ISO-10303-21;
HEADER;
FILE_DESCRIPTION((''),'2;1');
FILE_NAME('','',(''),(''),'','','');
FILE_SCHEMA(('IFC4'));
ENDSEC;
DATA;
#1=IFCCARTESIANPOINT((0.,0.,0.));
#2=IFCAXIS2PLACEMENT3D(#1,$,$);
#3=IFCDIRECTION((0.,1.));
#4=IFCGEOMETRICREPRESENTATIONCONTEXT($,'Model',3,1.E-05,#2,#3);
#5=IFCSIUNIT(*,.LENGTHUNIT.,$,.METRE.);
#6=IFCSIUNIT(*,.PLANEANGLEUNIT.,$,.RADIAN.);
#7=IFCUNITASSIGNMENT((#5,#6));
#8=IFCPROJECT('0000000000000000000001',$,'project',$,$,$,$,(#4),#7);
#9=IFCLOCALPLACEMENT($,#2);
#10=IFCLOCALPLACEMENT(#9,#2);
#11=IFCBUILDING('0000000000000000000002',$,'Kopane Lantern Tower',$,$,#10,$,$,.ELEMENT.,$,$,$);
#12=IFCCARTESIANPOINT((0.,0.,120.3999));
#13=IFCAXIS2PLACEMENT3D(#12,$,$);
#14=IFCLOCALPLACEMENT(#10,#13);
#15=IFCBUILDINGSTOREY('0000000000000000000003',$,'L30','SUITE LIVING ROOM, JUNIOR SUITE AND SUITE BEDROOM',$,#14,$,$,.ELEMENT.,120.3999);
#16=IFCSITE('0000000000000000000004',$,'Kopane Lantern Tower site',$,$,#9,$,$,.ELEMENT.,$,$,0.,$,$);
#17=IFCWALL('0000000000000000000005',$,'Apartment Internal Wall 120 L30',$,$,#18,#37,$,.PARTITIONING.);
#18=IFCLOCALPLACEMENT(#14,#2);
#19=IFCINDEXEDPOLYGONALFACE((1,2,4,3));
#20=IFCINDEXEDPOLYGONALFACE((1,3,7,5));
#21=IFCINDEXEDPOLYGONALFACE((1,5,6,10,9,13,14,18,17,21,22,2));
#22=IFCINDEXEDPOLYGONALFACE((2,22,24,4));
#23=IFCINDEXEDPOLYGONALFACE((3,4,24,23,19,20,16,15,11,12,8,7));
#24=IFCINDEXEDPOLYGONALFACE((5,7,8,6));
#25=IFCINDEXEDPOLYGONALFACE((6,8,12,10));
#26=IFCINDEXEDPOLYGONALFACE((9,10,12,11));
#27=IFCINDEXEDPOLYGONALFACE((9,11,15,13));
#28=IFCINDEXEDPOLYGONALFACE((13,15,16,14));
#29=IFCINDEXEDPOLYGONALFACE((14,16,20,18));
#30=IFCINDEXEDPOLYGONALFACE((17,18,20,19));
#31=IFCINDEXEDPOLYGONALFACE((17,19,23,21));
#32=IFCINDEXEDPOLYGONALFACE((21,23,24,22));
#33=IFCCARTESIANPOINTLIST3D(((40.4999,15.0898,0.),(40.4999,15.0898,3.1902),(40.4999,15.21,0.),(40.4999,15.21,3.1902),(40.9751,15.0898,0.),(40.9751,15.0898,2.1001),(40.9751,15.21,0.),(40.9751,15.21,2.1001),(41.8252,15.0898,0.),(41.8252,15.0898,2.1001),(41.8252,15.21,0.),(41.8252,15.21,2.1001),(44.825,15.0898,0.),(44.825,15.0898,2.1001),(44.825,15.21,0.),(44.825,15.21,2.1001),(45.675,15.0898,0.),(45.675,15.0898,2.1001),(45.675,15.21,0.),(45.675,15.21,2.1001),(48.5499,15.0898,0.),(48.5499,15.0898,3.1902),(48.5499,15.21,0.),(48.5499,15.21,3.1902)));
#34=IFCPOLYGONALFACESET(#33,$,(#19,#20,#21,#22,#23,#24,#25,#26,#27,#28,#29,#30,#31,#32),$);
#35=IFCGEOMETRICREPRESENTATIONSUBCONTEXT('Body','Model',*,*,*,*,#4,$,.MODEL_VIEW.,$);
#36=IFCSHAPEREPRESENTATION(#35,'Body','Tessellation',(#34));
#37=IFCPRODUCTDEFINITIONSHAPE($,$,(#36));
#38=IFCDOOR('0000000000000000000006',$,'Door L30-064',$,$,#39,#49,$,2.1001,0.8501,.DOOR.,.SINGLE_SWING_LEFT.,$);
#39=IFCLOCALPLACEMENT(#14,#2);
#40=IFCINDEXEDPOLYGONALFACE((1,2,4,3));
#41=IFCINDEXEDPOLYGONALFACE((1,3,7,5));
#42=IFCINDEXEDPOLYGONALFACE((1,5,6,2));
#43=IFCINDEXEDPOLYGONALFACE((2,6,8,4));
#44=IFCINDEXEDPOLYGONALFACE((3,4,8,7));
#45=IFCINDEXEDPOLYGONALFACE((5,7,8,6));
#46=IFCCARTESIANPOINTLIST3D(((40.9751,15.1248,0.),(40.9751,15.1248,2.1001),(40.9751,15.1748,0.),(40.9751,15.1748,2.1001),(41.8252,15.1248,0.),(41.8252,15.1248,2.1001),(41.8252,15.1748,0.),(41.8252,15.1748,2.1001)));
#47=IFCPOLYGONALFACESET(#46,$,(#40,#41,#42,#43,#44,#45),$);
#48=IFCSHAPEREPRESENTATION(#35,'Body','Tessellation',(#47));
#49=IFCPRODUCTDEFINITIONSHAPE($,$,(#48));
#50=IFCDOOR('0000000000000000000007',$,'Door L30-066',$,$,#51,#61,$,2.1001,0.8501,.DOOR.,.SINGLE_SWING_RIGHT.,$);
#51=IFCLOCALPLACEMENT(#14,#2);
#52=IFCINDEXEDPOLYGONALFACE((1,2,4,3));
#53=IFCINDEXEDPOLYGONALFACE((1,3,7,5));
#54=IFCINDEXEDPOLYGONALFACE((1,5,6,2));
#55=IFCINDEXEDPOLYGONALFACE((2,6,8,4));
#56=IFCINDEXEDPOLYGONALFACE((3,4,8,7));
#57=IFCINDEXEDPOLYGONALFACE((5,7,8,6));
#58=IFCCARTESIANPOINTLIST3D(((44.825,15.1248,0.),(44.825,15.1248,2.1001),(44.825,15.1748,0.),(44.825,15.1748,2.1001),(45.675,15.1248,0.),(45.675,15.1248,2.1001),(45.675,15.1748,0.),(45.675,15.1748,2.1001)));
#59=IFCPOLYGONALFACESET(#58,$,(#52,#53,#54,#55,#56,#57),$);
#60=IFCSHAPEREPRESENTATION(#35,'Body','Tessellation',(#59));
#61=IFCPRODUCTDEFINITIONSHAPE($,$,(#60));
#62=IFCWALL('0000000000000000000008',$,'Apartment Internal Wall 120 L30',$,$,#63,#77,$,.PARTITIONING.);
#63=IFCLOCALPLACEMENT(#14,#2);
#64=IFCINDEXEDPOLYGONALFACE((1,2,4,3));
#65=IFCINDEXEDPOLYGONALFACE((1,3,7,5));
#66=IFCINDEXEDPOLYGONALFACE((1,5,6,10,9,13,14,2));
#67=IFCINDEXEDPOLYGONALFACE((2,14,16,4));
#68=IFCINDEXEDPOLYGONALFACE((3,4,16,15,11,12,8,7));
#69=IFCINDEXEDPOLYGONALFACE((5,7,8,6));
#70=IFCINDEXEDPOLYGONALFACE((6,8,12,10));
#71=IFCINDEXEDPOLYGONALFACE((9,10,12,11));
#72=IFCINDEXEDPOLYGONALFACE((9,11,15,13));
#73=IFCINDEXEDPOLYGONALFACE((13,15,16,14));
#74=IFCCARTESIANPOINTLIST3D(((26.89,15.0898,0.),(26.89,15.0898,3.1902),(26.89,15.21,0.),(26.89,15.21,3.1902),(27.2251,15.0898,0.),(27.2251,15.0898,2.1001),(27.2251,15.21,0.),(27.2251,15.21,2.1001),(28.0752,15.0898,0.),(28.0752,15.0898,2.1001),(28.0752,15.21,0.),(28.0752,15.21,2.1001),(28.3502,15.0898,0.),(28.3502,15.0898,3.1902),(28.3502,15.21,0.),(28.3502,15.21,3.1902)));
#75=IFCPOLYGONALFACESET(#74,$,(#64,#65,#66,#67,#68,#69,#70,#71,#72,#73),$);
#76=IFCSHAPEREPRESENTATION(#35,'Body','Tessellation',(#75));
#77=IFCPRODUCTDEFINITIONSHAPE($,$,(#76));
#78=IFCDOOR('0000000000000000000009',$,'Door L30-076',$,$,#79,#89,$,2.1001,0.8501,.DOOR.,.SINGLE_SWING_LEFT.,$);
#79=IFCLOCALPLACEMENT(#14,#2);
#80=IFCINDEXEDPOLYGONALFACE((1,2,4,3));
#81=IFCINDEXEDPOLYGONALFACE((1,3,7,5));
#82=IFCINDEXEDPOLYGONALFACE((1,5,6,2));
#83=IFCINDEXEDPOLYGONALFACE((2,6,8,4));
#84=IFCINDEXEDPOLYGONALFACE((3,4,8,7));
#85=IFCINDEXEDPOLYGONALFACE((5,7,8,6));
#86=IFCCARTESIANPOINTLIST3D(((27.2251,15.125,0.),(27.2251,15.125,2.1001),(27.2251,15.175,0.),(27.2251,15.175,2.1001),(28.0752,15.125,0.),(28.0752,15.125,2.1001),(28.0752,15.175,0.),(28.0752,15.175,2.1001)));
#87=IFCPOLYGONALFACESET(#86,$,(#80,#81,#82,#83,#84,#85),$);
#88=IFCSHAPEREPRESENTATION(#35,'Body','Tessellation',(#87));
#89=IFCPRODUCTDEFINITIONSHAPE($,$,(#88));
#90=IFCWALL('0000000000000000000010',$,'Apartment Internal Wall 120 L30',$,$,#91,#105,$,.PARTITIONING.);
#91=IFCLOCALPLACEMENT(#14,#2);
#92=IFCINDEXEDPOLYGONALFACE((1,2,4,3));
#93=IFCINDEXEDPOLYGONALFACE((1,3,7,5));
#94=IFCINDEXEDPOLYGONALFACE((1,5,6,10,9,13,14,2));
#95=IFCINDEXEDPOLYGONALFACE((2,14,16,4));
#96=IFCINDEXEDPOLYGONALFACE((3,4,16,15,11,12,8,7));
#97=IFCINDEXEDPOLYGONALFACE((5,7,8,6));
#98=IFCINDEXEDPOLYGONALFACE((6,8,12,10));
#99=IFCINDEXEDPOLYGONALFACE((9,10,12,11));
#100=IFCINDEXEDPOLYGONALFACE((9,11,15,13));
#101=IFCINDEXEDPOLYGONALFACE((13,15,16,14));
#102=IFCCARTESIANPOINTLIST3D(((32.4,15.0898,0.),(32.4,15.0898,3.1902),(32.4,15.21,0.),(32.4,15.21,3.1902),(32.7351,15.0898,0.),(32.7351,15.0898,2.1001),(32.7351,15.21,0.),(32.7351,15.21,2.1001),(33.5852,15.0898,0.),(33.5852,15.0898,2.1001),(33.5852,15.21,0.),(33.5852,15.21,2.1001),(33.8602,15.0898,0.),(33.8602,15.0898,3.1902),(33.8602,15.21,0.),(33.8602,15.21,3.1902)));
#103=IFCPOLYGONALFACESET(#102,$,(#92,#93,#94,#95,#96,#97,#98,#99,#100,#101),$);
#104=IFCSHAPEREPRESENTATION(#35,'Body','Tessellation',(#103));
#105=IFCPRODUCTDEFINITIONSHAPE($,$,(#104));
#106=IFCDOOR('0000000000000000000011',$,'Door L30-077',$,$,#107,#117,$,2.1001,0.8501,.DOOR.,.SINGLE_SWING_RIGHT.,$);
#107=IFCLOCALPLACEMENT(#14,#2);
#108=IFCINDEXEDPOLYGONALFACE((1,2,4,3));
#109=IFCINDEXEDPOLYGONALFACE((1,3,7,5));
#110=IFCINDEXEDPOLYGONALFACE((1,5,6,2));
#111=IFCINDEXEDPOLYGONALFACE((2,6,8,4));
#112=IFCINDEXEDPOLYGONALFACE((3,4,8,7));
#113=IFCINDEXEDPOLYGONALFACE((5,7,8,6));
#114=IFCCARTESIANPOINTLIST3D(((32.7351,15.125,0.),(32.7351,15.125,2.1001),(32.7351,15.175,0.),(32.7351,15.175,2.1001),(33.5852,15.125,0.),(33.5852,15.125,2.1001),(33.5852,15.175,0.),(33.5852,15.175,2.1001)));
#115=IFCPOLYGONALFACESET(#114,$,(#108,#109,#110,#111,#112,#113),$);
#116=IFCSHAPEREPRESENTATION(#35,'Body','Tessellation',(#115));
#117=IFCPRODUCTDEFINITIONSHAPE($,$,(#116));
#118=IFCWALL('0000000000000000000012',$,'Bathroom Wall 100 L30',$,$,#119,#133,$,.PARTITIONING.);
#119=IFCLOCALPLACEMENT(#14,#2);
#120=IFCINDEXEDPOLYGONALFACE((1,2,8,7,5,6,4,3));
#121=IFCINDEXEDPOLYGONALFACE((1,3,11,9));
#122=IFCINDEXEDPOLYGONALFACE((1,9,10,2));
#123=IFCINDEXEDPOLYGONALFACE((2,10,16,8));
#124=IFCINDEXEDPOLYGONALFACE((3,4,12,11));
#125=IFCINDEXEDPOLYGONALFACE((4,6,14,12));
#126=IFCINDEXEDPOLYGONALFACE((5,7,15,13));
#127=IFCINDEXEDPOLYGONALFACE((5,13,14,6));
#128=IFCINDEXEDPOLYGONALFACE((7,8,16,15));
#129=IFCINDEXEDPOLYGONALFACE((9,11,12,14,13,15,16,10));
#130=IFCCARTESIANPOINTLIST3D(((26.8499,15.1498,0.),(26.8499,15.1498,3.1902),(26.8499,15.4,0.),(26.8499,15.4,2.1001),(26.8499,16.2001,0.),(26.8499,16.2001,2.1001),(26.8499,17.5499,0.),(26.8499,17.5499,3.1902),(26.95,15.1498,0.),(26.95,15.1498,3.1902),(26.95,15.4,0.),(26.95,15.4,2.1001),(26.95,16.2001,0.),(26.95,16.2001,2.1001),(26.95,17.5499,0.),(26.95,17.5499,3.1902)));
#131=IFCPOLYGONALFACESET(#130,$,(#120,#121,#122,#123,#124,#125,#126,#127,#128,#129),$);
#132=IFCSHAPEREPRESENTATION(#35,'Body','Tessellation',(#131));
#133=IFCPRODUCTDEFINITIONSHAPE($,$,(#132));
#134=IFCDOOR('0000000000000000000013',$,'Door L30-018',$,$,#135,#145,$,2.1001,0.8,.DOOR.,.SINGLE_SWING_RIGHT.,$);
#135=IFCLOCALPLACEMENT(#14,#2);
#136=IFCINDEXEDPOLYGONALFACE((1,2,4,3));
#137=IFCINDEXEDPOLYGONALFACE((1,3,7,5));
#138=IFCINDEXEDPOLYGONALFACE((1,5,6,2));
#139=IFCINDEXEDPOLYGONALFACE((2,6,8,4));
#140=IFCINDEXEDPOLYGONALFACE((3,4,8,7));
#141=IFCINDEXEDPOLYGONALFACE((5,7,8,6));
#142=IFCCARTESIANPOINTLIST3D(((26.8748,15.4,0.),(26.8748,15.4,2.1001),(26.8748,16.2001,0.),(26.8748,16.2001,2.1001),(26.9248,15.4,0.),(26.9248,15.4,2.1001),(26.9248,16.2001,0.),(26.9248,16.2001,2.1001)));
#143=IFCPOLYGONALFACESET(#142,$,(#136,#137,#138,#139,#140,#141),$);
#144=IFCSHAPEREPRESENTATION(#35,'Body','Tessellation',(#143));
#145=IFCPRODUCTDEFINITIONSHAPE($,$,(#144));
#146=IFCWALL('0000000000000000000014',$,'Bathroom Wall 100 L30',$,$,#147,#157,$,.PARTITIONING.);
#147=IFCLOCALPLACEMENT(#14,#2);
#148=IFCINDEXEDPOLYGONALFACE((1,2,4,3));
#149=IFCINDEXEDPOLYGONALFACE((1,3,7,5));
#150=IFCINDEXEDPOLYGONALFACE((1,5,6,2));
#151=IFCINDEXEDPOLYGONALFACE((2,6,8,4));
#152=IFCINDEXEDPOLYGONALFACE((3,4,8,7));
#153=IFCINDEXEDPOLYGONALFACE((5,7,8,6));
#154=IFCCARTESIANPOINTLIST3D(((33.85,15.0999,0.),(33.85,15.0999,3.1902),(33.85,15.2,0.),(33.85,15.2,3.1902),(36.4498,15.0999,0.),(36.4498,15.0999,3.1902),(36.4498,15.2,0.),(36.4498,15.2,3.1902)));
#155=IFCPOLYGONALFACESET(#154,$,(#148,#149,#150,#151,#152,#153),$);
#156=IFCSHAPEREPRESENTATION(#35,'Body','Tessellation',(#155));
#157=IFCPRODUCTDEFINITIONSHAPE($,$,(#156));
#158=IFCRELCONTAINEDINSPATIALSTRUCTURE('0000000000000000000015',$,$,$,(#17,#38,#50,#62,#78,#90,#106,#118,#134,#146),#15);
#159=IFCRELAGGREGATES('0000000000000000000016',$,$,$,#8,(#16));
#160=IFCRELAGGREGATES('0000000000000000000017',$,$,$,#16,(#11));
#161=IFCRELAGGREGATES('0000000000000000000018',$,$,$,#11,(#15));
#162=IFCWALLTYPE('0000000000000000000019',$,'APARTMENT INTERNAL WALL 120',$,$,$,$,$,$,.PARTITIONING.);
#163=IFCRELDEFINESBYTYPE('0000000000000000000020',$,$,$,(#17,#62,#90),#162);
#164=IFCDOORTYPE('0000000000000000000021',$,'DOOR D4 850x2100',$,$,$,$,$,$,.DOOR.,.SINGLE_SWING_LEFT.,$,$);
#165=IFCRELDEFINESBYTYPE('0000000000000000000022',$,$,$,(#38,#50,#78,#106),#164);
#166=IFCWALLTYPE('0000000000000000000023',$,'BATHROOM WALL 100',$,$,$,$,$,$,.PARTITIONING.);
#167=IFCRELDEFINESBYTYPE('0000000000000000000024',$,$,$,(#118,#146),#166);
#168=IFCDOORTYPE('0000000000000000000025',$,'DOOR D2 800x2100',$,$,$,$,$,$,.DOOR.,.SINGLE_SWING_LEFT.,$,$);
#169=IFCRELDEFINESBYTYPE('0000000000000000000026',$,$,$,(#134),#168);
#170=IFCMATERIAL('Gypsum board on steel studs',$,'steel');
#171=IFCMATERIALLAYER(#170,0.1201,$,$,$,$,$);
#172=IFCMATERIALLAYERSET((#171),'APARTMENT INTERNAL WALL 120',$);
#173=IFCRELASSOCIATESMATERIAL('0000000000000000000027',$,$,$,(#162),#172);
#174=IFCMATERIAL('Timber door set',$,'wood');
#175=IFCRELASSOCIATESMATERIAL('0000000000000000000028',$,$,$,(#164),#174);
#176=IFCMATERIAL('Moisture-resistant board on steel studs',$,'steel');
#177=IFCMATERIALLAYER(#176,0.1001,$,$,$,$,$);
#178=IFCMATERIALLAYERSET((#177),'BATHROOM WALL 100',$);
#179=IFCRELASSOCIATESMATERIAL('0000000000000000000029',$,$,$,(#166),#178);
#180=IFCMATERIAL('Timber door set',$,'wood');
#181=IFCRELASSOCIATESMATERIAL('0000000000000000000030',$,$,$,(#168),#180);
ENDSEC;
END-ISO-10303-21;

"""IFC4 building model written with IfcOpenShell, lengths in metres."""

from ifc_helpers import new_model, si_unit, direction, frame, frame_2d, origin, place, context, subcontext, project, spatial, rectangle, extrude, material, layer, layer_set, type_object, element, fill, save


model = new_model("IFC4")

# Units and contexts
model_context = context("Model", 3, precision=1e-05, world=origin(), true_north=direction((0.0, 1.0)))
body_context = subcontext(model_context, "Body", "Model", "MODEL_VIEW")
ifc_project = project(units=[si_unit("LENGTHUNIT", "METRE"), si_unit("PLANEANGLEUNIT", "RADIAN")], contexts=[model_context])

# Site, building, storey
site_placement = place(None, origin())
site = spatial("IfcSite", under=ifc_project, at=site_placement, Name="Kopane Lantern Tower site", CompositionType="ELEMENT", RefElevation=0.0)
building_placement = place(site_placement, origin())
building = spatial("IfcBuilding", under=site, at=building_placement, Name="Kopane Lantern Tower", CompositionType="ELEMENT")
storey_placement = place(building_placement, frame((0.0, 0.0, 120.3999)))
storey = spatial("IfcBuildingStorey", under=building, at=storey_placement, Name="L30", Description="SUITE LIVING ROOM, JUNIOR SUITE AND SUITE BEDROOM", CompositionType="ELEMENT", Elevation=120.3999)

# Shared definitions
ifc_material_1 = material(Name="Gypsum board on steel studs", Category="steel")
ifc_layer_1 = layer(ifc_material_1, 0.1201)
ifc_layer_set_1 = layer_set([ifc_layer_1], Name="APARTMENT INTERNAL WALL 120")
wall_type_1 = type_object("IfcWallType", Name="APARTMENT INTERNAL WALL 120", PredefinedType="PARTITIONING", material=ifc_layer_set_1)
ifc_material_2 = material(Name="Timber door set", Category="wood")
door_type_1 = type_object("IfcDoorType", Name="DOOR D4 850x2100", OperationType="SINGLE_SWING_LEFT", PredefinedType="DOOR", material=ifc_material_2)

# Wall, openings, doors
wall_1_placement = place(storey_placement, frame((40.5, 15.1499, 0.0), z_axis=(0.0, 0.0, 1.0), x_axis=(1.0, 0.0, 0.0)))
wall_1 = element("IfcWall", 1, at=wall_1_placement, inside=storey, type_object=wall_type_1, Name="Apartment Internal Wall 120 L30", PredefinedType="PARTITIONING", context=body_context, shape_type="SweptSolid", body=[
    extrude(rectangle(XDim=8.05, YDim=0.1201, at=frame_2d((4.0249, 0.0))), origin(), (0.0, 0.0, 1.0), 3.1902),
])
opening_1_placement = place(wall_1_placement, frame((0.4751, 0.0, 0.0)))
opening_1 = element("IfcOpeningElement", 2, at=opening_1_placement, cuts=wall_1, PredefinedType="OPENING", context=body_context, shape_type="SweptSolid", body=[
    extrude(rectangle(XDim=0.8501, YDim=2.1001, at=frame_2d((0.425, 1.05))), frame((0.0, 0.0701, 0.0), z_axis=(0.0, -1.0, 0.0), x_axis=(1.0, 0.0, 0.0)), (0.0, 0.0, 1.0), 0.1401),
])
opening_2_placement = place(wall_1_placement, frame((4.325, 0.0, 0.0)))
opening_2 = element("IfcOpeningElement", 3, at=opening_2_placement, cuts=wall_1, PredefinedType="OPENING", context=body_context, shape_type="SweptSolid", body=[
    extrude(rectangle(XDim=0.8501, YDim=2.1001, at=frame_2d((0.425, 1.05))), frame((0.0, 0.0701, 0.0), z_axis=(0.0, -1.0, 0.0), x_axis=(1.0, 0.0, 0.0)), (0.0, 0.0, 1.0), 0.1401),
])
door_1_placement = place(opening_1_placement, origin())
door_1 = element("IfcDoor", 4, at=door_1_placement, inside=storey, type_object=door_type_1, Name="Door L30-064", OperationType="SINGLE_SWING_LEFT", OverallHeight=2.1001, OverallWidth=0.8501, PredefinedType="DOOR", context=body_context, shape_type="SweptSolid", body=[
    extrude(rectangle(XDim=0.8501, YDim=2.1001, at=frame_2d((0.425, 1.05))), frame((0.0, 0.0249, 0.0), z_axis=(0.0, -1.0, 0.0), x_axis=(1.0, 0.0, 0.0)), (0.0, 0.0, 1.0), 0.05),
])
fill(opening_1, door_1)
door_2_placement = place(opening_2_placement, origin())
door_2 = element("IfcDoor", 5, at=door_2_placement, inside=storey, type_object=door_type_1, Name="Door L30-066", OperationType="SINGLE_SWING_RIGHT", OverallHeight=2.1001, OverallWidth=0.8501, PredefinedType="DOOR", context=body_context, shape_type="SweptSolid", body=[
    extrude(rectangle(XDim=0.8501, YDim=2.1001, at=frame_2d((0.425, 1.05))), frame((0.0, 0.0249, 0.0), z_axis=(0.0, -1.0, 0.0), x_axis=(1.0, 0.0, 0.0)), (0.0, 0.0, 1.0), 0.05),
])
fill(opening_2, door_2)

# Walls, openings, doors
wall_2_placement = place(storey_placement, frame((28.3501, 15.1499, 0.0), z_axis=(0.0, 0.0, 1.0), x_axis=(-1.0, 0.0, 0.0)))
wall_2 = element("IfcWall", 6, at=wall_2_placement, inside=storey, type_object=wall_type_1, Name="Apartment Internal Wall 120 L30", PredefinedType="PARTITIONING", context=body_context, shape_type="SweptSolid", body=[
    extrude(rectangle(XDim=1.4602, YDim=0.1201, at=frame_2d((0.73, 0.0))), origin(), (0.0, 0.0, 1.0), 3.1902),
])
opening_3_placement = place(wall_2_placement, frame((0.2749, 0.0, 0.0)))
opening_3 = element("IfcOpeningElement", 7, at=opening_3_placement, cuts=wall_2, PredefinedType="OPENING", context=body_context, shape_type="SweptSolid", body=[
    extrude(rectangle(XDim=0.8501, YDim=2.1001, at=frame_2d((0.425, 1.05))), frame((0.0, 0.0701, 0.0), z_axis=(0.0, -1.0, 0.0), x_axis=(1.0, 0.0, 0.0)), (0.0, 0.0, 1.0), 0.1401),
])
door_3_placement = place(opening_3_placement, origin())
door_3 = element("IfcDoor", 8, at=door_3_placement, inside=storey, type_object=door_type_1, Name="Door L30-076", OperationType="SINGLE_SWING_LEFT", OverallHeight=2.1001, OverallWidth=0.8501, PredefinedType="DOOR", context=body_context, shape_type="SweptSolid", body=[
    extrude(rectangle(XDim=0.8501, YDim=2.1001, at=frame_2d((0.425, 1.05))), frame((0.0, 0.0249, 0.0), z_axis=(0.0, -1.0, 0.0), x_axis=(1.0, 0.0, 0.0)), (0.0, 0.0, 1.0), 0.05),
])
fill(opening_3, door_3)
wall_3_placement = place(storey_placement, frame((33.8601, 15.1499, 0.0), z_axis=(0.0, 0.0, 1.0), x_axis=(-1.0, 0.0, 0.0)))
wall_3 = element("IfcWall", 9, at=wall_3_placement, inside=storey, type_object=wall_type_1, Name="Apartment Internal Wall 120 L30", PredefinedType="PARTITIONING", context=body_context, shape_type="SweptSolid", body=[
    extrude(rectangle(XDim=1.4602, YDim=0.1201, at=frame_2d((0.73, 0.0))), origin(), (0.0, 0.0, 1.0), 3.1902),
])
opening_4_placement = place(wall_3_placement, frame((0.2749, 0.0, 0.0)))
opening_4 = element("IfcOpeningElement", 10, at=opening_4_placement, cuts=wall_3, PredefinedType="OPENING", context=body_context, shape_type="SweptSolid", body=[
    extrude(rectangle(XDim=0.8501, YDim=2.1001, at=frame_2d((0.425, 1.05))), frame((0.0, 0.0701, 0.0), z_axis=(0.0, -1.0, 0.0), x_axis=(1.0, 0.0, 0.0)), (0.0, 0.0, 1.0), 0.1401),
])
door_4_placement = place(opening_4_placement, origin())
door_4 = element("IfcDoor", 11, at=door_4_placement, inside=storey, type_object=door_type_1, Name="Door L30-077", OperationType="SINGLE_SWING_RIGHT", OverallHeight=2.1001, OverallWidth=0.8501, PredefinedType="DOOR", context=body_context, shape_type="SweptSolid", body=[
    extrude(rectangle(XDim=0.8501, YDim=2.1001, at=frame_2d((0.425, 1.05))), frame((0.0, 0.0249, 0.0), z_axis=(0.0, -1.0, 0.0), x_axis=(1.0, 0.0, 0.0)), (0.0, 0.0, 1.0), 0.05),
])
fill(opening_4, door_4)
ifc_material_3 = material(Name="Moisture-resistant board on steel studs", Category="steel")
ifc_layer_2 = layer(ifc_material_3, 0.1001)
ifc_layer_set_2 = layer_set([ifc_layer_2], Name="BATHROOM WALL 100")
wall_type_2 = type_object("IfcWallType", Name="BATHROOM WALL 100", PredefinedType="PARTITIONING", material=ifc_layer_set_2)
wall_4_placement = place(storey_placement, frame((26.8999, 17.55, 0.0), z_axis=(0.0, 0.0, 1.0), x_axis=(0.0, -1.0, 0.0)))
wall_4 = element("IfcWall", 12, at=wall_4_placement, inside=storey, type_object=wall_type_2, Name="Bathroom Wall 100 L30", PredefinedType="PARTITIONING", context=body_context, shape_type="SweptSolid", body=[
    extrude(rectangle(XDim=2.4001, YDim=0.1001, at=frame_2d((1.2002, 0.0))), origin(), (0.0, 0.0, 1.0), 3.1902),
])
opening_5_placement = place(wall_4_placement, frame((1.3501, 0.0, 0.0)))
opening_5 = element("IfcOpeningElement", 13, at=opening_5_placement, cuts=wall_4, PredefinedType="OPENING", context=body_context, shape_type="SweptSolid", body=[
    extrude(rectangle(XDim=0.8, YDim=2.1001, at=frame_2d((0.3999, 1.05))), frame((0.0, 0.0601, 0.0), z_axis=(0.0, -1.0, 0.0), x_axis=(1.0, 0.0, 0.0)), (0.0, 0.0, 1.0), 0.1201),
])
ifc_material_4 = material(Name="Timber door set", Category="wood")
door_type_2 = type_object("IfcDoorType", Name="DOOR D2 800x2100", OperationType="SINGLE_SWING_LEFT", PredefinedType="DOOR", material=ifc_material_4)
door_5_placement = place(opening_5_placement, origin())
door_5 = element("IfcDoor", 14, at=door_5_placement, inside=storey, type_object=door_type_2, Name="Door L30-018", OperationType="SINGLE_SWING_RIGHT", OverallHeight=2.1001, OverallWidth=0.8, PredefinedType="DOOR", context=body_context, shape_type="SweptSolid", body=[
    extrude(rectangle(XDim=0.8, YDim=2.1001, at=frame_2d((0.3999, 1.05))), frame((0.0, 0.0249, 0.0), z_axis=(0.0, -1.0, 0.0), x_axis=(1.0, 0.0, 0.0)), (0.0, 0.0, 1.0), 0.05),
])
fill(opening_5, door_5)

# Wall
wall_5_placement = place(storey_placement, frame((33.8501, 15.1499, 0.0), z_axis=(0.0, 0.0, 1.0), x_axis=(1.0, 0.0, 0.0)))
element("IfcWall", 15, at=wall_5_placement, inside=storey, type_object=wall_type_2, Name="Bathroom Wall 100 L30", PredefinedType="PARTITIONING", context=body_context, shape_type="SweptSolid", body=[
    extrude(rectangle(XDim=2.5999, YDim=0.1001, at=frame_2d((1.2998, 0.0))), origin(), (0.0, 0.0, 1.0), 3.1902),
])

save(model, "model.ifc")
